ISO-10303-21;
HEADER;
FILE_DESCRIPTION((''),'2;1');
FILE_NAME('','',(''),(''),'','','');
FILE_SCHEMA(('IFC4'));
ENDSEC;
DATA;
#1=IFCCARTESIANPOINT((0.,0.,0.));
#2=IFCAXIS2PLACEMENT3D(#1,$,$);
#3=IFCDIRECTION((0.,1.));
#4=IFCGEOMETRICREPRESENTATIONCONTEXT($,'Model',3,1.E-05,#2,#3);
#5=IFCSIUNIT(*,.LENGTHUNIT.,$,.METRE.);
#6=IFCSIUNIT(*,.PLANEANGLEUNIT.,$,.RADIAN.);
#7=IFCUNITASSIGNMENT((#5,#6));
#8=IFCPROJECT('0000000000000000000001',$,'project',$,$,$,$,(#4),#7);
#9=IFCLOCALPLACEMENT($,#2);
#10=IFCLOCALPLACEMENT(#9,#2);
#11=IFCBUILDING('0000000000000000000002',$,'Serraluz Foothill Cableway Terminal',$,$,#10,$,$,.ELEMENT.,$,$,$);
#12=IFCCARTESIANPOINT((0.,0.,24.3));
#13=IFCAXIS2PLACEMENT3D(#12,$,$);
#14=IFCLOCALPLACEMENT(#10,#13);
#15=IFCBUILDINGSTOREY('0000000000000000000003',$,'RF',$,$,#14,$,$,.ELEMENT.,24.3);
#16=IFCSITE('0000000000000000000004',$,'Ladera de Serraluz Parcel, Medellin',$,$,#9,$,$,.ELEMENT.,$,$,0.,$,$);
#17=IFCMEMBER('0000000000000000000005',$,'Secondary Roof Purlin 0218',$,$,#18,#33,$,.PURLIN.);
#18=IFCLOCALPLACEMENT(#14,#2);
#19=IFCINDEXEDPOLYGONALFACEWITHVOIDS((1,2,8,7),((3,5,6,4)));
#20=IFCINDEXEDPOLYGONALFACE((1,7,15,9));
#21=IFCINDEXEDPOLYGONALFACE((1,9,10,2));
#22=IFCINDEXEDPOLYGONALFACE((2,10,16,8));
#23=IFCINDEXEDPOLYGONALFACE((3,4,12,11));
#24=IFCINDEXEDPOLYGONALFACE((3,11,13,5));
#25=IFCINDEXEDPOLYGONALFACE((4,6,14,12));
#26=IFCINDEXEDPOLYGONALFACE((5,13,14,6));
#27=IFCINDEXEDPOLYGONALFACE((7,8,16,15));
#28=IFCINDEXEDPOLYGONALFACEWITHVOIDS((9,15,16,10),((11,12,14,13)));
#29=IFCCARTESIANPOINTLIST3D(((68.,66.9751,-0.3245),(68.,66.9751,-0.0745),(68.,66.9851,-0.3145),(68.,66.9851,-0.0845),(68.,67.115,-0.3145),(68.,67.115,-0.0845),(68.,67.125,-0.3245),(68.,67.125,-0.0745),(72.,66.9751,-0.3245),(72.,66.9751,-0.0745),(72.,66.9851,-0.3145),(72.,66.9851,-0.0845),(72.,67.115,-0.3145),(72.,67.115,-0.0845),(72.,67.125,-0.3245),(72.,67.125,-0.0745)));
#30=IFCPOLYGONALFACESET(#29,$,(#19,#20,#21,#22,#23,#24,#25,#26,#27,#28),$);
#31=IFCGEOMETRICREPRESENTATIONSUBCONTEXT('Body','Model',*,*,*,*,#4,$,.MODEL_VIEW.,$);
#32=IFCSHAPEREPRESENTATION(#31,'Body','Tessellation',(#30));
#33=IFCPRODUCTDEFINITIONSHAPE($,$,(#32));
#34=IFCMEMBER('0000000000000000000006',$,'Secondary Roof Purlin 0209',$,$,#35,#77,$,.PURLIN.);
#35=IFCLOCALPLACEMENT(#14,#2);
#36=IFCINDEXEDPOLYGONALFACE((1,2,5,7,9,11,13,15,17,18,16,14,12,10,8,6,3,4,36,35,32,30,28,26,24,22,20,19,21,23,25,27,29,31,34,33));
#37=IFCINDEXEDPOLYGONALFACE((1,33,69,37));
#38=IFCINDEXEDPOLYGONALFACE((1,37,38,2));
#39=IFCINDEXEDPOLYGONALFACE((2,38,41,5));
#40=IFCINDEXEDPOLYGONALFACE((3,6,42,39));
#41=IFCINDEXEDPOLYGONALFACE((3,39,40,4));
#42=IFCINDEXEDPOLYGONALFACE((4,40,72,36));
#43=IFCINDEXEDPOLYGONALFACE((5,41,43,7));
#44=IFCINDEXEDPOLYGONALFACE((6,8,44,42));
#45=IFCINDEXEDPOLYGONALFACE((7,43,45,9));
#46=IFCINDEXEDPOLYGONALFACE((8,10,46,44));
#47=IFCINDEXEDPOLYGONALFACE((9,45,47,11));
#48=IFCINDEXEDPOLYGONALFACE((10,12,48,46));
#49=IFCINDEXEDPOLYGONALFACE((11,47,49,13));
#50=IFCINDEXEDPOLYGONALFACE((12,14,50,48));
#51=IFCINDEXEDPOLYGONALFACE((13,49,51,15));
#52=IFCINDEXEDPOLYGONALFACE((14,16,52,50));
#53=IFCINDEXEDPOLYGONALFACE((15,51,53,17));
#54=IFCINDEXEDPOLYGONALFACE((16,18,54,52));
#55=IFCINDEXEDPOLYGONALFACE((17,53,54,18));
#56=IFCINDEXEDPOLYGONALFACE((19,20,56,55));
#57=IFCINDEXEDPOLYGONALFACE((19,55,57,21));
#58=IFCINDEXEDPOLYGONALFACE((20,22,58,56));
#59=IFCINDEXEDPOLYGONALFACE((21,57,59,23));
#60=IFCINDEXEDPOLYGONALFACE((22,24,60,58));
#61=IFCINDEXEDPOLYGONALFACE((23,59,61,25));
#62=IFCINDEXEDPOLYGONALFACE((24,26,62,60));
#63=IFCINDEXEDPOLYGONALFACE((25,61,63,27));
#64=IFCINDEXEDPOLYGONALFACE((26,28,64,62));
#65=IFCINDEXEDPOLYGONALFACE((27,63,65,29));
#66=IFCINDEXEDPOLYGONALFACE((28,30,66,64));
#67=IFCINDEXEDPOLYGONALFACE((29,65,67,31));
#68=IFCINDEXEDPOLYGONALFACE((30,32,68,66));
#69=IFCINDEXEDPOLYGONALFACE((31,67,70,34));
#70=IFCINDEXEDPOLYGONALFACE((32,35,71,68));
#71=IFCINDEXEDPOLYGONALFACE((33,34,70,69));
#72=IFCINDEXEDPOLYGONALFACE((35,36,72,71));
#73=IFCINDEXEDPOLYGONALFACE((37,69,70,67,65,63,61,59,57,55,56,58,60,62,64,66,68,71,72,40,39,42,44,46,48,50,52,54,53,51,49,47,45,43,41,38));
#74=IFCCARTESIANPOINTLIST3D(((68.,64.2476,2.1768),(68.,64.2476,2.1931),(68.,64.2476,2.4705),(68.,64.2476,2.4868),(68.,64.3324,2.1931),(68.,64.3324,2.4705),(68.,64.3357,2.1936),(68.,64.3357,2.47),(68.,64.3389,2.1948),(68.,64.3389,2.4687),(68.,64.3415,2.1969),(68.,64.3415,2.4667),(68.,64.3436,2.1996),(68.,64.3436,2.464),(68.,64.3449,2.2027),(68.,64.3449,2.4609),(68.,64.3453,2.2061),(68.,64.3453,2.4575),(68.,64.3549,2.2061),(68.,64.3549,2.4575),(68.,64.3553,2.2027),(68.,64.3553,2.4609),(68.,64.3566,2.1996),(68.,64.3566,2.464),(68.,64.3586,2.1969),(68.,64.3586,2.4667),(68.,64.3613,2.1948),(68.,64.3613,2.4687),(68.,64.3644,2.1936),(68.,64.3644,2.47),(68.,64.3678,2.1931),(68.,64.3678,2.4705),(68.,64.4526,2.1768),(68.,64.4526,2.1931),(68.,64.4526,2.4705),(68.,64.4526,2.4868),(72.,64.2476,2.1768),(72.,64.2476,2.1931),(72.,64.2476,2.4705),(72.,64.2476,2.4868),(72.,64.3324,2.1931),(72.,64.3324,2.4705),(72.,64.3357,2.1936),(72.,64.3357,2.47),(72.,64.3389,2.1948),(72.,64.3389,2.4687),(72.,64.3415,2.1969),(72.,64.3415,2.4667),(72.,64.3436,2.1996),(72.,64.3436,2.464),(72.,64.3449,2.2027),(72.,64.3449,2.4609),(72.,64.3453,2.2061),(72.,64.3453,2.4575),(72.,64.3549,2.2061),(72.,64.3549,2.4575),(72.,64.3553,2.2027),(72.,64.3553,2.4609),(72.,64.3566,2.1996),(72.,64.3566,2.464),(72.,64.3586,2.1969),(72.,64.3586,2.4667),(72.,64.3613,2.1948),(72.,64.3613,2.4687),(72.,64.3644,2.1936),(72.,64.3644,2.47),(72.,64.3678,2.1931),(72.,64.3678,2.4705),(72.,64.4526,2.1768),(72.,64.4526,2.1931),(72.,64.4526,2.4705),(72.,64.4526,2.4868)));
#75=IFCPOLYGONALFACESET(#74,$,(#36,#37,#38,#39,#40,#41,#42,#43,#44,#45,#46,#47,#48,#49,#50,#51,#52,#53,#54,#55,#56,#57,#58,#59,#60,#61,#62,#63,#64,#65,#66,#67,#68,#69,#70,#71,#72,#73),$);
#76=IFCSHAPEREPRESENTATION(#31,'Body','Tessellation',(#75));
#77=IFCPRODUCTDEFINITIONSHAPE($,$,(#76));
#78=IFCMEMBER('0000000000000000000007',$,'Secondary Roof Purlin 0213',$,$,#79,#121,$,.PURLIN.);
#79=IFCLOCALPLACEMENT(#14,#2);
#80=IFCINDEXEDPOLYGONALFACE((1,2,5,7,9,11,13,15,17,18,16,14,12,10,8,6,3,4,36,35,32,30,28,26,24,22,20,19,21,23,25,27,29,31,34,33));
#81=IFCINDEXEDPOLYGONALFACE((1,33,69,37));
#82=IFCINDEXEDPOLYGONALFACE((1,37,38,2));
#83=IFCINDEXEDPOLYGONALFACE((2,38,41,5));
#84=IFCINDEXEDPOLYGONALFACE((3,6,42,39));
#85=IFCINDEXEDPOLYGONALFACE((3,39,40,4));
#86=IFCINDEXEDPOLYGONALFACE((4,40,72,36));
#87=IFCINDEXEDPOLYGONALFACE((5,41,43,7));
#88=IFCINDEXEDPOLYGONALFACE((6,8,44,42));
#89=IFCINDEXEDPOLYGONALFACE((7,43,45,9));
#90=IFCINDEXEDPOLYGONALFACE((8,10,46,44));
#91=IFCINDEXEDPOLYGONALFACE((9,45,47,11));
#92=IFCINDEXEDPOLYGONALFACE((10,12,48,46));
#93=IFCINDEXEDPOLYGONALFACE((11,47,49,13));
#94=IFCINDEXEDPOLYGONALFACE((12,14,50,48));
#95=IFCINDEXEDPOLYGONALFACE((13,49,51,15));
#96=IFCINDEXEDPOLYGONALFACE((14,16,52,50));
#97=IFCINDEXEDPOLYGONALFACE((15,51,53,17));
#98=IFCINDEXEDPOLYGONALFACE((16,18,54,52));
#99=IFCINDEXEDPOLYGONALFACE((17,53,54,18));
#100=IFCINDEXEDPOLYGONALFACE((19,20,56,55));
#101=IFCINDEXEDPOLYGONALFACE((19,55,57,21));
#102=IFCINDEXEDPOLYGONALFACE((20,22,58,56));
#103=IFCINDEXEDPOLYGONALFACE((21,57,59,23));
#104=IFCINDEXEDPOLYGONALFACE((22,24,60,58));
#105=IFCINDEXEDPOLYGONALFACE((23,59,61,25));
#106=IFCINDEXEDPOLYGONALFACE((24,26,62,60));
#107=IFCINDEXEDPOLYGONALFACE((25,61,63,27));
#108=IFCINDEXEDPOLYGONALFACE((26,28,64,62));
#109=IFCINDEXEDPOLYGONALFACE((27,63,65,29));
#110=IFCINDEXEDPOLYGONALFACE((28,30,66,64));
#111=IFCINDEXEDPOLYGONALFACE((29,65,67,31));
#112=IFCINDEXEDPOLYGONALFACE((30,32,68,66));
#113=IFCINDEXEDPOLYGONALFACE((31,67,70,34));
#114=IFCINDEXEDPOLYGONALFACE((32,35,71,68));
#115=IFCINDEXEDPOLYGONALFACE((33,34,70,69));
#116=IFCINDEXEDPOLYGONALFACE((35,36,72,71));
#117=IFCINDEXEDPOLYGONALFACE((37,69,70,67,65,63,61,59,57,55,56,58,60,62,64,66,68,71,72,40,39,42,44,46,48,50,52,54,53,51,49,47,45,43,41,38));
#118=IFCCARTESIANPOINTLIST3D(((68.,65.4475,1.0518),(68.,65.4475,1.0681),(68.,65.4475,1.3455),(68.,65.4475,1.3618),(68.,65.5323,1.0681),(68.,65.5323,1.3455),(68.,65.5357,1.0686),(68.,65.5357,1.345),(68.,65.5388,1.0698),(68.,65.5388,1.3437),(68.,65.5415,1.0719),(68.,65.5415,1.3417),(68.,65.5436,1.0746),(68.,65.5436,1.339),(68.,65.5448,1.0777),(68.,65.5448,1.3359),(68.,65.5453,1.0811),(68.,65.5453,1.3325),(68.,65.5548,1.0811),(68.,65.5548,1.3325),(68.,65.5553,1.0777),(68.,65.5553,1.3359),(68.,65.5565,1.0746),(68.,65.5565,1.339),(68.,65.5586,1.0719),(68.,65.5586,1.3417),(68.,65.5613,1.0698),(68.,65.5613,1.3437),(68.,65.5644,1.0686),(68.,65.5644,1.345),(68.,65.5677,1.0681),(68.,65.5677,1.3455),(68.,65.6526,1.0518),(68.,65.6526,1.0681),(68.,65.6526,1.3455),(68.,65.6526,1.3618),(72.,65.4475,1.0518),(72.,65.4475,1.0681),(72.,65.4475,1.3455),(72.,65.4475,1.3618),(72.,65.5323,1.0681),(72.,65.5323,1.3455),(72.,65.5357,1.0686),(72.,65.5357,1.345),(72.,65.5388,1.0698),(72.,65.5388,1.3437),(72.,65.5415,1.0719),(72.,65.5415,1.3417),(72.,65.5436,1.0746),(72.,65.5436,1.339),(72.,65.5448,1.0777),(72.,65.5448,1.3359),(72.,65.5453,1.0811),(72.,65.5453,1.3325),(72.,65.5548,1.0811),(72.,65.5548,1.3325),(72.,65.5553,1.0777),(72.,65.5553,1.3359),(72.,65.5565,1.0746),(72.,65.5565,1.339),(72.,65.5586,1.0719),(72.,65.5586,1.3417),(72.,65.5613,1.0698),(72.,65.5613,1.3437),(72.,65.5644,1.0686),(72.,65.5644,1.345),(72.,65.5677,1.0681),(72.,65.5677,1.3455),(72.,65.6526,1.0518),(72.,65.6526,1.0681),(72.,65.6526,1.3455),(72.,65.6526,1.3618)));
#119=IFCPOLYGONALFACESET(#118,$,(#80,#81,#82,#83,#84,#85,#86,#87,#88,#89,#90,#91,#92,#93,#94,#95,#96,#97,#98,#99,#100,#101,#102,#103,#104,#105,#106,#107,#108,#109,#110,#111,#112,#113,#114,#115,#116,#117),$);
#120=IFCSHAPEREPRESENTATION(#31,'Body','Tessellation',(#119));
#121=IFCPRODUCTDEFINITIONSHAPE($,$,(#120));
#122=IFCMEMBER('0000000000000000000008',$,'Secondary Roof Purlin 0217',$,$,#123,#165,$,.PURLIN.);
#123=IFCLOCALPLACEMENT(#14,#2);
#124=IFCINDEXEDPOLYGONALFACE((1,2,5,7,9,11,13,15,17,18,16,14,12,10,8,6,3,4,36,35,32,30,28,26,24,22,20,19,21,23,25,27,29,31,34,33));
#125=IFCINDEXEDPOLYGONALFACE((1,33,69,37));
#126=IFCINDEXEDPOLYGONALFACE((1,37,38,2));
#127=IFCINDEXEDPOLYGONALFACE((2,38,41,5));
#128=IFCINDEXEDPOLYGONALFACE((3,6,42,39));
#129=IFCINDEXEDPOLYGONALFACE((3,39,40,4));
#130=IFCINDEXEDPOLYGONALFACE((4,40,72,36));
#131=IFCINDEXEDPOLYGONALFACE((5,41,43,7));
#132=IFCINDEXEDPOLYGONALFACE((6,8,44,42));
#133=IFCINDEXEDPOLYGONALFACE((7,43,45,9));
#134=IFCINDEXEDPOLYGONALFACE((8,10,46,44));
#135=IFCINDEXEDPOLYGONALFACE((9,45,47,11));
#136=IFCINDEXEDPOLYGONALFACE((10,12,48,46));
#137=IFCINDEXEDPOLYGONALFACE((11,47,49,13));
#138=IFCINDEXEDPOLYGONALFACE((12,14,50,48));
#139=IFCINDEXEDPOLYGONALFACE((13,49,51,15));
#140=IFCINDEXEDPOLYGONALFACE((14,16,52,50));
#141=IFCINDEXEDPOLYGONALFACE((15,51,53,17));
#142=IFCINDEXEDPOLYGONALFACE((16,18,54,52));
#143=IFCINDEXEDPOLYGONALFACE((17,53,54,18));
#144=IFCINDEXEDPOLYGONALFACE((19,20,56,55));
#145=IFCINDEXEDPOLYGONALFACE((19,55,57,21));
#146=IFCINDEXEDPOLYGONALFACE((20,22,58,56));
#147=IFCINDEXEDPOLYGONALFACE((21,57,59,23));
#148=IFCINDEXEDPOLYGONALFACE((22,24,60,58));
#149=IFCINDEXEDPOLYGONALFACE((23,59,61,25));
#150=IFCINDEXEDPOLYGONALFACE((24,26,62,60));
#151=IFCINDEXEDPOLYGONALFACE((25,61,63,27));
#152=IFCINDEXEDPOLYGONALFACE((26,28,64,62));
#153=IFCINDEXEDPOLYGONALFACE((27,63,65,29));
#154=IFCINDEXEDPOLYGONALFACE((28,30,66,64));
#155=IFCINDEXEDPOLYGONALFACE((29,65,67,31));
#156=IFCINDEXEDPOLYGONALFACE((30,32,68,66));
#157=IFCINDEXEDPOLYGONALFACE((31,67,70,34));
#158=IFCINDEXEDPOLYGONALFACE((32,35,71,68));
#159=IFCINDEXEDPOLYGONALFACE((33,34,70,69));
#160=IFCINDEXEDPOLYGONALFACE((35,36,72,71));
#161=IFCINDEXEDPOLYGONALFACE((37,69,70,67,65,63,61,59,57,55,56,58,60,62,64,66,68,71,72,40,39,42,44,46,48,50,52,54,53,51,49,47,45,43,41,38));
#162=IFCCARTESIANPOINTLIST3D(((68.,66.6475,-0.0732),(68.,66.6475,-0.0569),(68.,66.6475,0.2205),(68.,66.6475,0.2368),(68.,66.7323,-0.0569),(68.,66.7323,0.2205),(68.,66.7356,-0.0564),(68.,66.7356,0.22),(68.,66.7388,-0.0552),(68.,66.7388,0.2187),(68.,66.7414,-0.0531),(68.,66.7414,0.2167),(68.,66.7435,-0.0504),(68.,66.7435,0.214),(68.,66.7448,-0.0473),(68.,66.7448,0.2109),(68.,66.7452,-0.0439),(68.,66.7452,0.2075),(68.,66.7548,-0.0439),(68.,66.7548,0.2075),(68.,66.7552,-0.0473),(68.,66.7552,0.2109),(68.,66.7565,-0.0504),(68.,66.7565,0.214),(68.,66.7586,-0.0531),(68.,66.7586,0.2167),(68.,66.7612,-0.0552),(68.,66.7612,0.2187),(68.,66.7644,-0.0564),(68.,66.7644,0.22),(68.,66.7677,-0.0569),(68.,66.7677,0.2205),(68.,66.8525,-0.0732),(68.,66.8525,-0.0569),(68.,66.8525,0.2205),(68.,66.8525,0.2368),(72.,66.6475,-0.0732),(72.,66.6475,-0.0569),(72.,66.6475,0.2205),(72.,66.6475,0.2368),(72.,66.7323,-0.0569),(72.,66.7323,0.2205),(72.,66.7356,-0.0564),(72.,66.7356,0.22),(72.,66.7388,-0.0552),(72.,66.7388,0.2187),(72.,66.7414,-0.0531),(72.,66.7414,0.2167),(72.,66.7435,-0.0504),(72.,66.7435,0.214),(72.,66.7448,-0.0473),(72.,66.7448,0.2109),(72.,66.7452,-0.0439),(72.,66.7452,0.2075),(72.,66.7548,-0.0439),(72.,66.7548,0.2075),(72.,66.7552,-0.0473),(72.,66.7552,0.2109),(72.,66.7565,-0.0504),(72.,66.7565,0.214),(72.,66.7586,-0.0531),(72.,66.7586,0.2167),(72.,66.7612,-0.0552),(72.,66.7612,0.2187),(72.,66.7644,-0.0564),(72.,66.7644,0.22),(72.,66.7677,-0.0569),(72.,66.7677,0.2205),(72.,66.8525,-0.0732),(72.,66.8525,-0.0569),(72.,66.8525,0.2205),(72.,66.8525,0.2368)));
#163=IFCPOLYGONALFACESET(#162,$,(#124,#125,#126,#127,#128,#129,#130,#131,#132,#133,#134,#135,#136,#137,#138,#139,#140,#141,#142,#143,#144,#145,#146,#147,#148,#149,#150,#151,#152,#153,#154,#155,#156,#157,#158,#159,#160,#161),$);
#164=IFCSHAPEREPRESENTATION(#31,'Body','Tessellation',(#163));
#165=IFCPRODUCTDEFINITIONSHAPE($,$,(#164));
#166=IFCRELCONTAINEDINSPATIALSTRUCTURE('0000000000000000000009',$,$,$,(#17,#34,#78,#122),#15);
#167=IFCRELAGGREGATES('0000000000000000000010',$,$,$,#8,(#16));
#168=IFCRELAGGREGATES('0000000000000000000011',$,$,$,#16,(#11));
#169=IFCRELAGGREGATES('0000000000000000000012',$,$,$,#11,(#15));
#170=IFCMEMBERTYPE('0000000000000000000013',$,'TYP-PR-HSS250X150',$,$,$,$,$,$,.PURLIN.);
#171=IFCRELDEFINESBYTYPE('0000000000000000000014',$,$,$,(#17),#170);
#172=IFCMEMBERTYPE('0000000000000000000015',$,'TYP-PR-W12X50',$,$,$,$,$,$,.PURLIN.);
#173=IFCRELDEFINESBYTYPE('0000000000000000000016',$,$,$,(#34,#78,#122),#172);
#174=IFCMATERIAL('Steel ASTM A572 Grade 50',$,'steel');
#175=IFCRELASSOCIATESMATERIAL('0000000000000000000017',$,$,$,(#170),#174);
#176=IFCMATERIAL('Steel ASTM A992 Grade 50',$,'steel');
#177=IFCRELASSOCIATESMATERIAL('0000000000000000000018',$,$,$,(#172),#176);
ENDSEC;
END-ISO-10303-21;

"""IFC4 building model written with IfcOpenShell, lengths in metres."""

from ifc_helpers import new_model, si_unit, direction, frame, origin, origin_2d, place, context, subcontext, project, spatial, hollow_rectangle, i_section, extrude, material, material_profile, profile_set, type_object, element, save


model = new_model("IFC4")

# Units and contexts
model_context = context("Model", 3, precision=1e-05, world=origin(), true_north=direction((0.0, 1.0)))
body_context = subcontext(model_context, "Body", "Model", "MODEL_VIEW")
ifc_project = project(units=[si_unit("LENGTHUNIT", "METRE"), si_unit("PLANEANGLEUNIT", "RADIAN")], contexts=[model_context])

# Site, building, storey
site_placement = place(None, origin())
site = spatial("IfcSite", under=ifc_project, at=site_placement, Name="Ladera de Serraluz Parcel, Medellin", CompositionType="ELEMENT", RefElevation=0.0)
building_placement = place(site_placement, origin())
building = spatial("IfcBuilding", under=site, at=building_placement, Name="Serraluz Foothill Cableway Terminal", CompositionType="ELEMENT")
storey_placement = place(building_placement, frame((0.0, 0.0, 24.3)))
storey = spatial("IfcBuildingStorey", under=building, at=storey_placement, Name="RF", CompositionType="ELEMENT", Elevation=24.3)

# Members
ifc_material_1 = material(Name="Steel ASTM A572 Grade 50", Category="steel")
ifc_material_profile_1 = material_profile(ifc_material_1, hollow_rectangle(XDim=0.1499, YDim=0.25, WallThickness=0.01, at=origin_2d()), Name="HSS250X150X10")
ifc_profile_set_1 = profile_set([ifc_material_profile_1], Name="Steel ASTM A572 Grade 50")
member_type_1 = type_object("IfcMemberType", Name="TYP-PR-HSS250X150", PredefinedType="PURLIN", material=ifc_profile_set_1)
for number, where, z_axis, x_axis, name in (
    (1, (68.0, 67.05, -0.1995), (1.0, 0.0, 0.0), (0.0, 1.0, 0.0), "Secondary Roof Purlin 0218"),
):
    element("IfcMember", number, at=place(storey_placement, frame(where, z_axis=z_axis, x_axis=x_axis)), inside=storey, type_object=member_type_1, Name=name, PredefinedType="PURLIN", context=body_context, shape_type="SweptSolid", body=[
        extrude(hollow_rectangle(XDim=0.1499, YDim=0.25, WallThickness=0.01, at=origin_2d()), origin(), (0.0, 0.0, 1.0), 4.0),
    ])
ifc_material_2 = material(Name="Steel ASTM A992 Grade 50", Category="steel")
ifc_material_profile_2 = material_profile(ifc_material_2, i_section(OverallWidth=0.2051, OverallDepth=0.3101, WebThickness=0.0095, FlangeThickness=0.0164, FilletRadius=0.0129, at=origin_2d()), Name="W12X50")
ifc_profile_set_2 = profile_set([ifc_material_profile_2], Name="Steel ASTM A992 Grade 50")
member_type_2 = type_object("IfcMemberType", Name="TYP-PR-W12X50", PredefinedType="PURLIN", material=ifc_profile_set_2)
for number, where, z_axis, x_axis, name in (
    (2, (68.0, 64.3501, 2.3318), (1.0, 0.0, 0.0), (0.0, 1.0, 0.0), "Secondary Roof Purlin 0209"),
    (3, (68.0, 65.55, 1.2068), (1.0, 0.0, 0.0), (0.0, 1.0, 0.0), "Secondary Roof Purlin 0213"),
    (4, (68.0, 66.75, 0.0818), (1.0, 0.0, 0.0), (0.0, 1.0, 0.0), "Secondary Roof Purlin 0217"),
):
    element("IfcMember", number, at=place(storey_placement, frame(where, z_axis=z_axis, x_axis=x_axis)), inside=storey, type_object=member_type_2, Name=name, PredefinedType="PURLIN", context=body_context, shape_type="SweptSolid", body=[
        extrude(i_section(OverallWidth=0.2051, OverallDepth=0.3101, WebThickness=0.0095, FlangeThickness=0.0164, FilletRadius=0.0129, at=origin_2d()), origin(), (0.0, 0.0, 1.0), 4.0),
    ])

save(model, "model.ifc")
